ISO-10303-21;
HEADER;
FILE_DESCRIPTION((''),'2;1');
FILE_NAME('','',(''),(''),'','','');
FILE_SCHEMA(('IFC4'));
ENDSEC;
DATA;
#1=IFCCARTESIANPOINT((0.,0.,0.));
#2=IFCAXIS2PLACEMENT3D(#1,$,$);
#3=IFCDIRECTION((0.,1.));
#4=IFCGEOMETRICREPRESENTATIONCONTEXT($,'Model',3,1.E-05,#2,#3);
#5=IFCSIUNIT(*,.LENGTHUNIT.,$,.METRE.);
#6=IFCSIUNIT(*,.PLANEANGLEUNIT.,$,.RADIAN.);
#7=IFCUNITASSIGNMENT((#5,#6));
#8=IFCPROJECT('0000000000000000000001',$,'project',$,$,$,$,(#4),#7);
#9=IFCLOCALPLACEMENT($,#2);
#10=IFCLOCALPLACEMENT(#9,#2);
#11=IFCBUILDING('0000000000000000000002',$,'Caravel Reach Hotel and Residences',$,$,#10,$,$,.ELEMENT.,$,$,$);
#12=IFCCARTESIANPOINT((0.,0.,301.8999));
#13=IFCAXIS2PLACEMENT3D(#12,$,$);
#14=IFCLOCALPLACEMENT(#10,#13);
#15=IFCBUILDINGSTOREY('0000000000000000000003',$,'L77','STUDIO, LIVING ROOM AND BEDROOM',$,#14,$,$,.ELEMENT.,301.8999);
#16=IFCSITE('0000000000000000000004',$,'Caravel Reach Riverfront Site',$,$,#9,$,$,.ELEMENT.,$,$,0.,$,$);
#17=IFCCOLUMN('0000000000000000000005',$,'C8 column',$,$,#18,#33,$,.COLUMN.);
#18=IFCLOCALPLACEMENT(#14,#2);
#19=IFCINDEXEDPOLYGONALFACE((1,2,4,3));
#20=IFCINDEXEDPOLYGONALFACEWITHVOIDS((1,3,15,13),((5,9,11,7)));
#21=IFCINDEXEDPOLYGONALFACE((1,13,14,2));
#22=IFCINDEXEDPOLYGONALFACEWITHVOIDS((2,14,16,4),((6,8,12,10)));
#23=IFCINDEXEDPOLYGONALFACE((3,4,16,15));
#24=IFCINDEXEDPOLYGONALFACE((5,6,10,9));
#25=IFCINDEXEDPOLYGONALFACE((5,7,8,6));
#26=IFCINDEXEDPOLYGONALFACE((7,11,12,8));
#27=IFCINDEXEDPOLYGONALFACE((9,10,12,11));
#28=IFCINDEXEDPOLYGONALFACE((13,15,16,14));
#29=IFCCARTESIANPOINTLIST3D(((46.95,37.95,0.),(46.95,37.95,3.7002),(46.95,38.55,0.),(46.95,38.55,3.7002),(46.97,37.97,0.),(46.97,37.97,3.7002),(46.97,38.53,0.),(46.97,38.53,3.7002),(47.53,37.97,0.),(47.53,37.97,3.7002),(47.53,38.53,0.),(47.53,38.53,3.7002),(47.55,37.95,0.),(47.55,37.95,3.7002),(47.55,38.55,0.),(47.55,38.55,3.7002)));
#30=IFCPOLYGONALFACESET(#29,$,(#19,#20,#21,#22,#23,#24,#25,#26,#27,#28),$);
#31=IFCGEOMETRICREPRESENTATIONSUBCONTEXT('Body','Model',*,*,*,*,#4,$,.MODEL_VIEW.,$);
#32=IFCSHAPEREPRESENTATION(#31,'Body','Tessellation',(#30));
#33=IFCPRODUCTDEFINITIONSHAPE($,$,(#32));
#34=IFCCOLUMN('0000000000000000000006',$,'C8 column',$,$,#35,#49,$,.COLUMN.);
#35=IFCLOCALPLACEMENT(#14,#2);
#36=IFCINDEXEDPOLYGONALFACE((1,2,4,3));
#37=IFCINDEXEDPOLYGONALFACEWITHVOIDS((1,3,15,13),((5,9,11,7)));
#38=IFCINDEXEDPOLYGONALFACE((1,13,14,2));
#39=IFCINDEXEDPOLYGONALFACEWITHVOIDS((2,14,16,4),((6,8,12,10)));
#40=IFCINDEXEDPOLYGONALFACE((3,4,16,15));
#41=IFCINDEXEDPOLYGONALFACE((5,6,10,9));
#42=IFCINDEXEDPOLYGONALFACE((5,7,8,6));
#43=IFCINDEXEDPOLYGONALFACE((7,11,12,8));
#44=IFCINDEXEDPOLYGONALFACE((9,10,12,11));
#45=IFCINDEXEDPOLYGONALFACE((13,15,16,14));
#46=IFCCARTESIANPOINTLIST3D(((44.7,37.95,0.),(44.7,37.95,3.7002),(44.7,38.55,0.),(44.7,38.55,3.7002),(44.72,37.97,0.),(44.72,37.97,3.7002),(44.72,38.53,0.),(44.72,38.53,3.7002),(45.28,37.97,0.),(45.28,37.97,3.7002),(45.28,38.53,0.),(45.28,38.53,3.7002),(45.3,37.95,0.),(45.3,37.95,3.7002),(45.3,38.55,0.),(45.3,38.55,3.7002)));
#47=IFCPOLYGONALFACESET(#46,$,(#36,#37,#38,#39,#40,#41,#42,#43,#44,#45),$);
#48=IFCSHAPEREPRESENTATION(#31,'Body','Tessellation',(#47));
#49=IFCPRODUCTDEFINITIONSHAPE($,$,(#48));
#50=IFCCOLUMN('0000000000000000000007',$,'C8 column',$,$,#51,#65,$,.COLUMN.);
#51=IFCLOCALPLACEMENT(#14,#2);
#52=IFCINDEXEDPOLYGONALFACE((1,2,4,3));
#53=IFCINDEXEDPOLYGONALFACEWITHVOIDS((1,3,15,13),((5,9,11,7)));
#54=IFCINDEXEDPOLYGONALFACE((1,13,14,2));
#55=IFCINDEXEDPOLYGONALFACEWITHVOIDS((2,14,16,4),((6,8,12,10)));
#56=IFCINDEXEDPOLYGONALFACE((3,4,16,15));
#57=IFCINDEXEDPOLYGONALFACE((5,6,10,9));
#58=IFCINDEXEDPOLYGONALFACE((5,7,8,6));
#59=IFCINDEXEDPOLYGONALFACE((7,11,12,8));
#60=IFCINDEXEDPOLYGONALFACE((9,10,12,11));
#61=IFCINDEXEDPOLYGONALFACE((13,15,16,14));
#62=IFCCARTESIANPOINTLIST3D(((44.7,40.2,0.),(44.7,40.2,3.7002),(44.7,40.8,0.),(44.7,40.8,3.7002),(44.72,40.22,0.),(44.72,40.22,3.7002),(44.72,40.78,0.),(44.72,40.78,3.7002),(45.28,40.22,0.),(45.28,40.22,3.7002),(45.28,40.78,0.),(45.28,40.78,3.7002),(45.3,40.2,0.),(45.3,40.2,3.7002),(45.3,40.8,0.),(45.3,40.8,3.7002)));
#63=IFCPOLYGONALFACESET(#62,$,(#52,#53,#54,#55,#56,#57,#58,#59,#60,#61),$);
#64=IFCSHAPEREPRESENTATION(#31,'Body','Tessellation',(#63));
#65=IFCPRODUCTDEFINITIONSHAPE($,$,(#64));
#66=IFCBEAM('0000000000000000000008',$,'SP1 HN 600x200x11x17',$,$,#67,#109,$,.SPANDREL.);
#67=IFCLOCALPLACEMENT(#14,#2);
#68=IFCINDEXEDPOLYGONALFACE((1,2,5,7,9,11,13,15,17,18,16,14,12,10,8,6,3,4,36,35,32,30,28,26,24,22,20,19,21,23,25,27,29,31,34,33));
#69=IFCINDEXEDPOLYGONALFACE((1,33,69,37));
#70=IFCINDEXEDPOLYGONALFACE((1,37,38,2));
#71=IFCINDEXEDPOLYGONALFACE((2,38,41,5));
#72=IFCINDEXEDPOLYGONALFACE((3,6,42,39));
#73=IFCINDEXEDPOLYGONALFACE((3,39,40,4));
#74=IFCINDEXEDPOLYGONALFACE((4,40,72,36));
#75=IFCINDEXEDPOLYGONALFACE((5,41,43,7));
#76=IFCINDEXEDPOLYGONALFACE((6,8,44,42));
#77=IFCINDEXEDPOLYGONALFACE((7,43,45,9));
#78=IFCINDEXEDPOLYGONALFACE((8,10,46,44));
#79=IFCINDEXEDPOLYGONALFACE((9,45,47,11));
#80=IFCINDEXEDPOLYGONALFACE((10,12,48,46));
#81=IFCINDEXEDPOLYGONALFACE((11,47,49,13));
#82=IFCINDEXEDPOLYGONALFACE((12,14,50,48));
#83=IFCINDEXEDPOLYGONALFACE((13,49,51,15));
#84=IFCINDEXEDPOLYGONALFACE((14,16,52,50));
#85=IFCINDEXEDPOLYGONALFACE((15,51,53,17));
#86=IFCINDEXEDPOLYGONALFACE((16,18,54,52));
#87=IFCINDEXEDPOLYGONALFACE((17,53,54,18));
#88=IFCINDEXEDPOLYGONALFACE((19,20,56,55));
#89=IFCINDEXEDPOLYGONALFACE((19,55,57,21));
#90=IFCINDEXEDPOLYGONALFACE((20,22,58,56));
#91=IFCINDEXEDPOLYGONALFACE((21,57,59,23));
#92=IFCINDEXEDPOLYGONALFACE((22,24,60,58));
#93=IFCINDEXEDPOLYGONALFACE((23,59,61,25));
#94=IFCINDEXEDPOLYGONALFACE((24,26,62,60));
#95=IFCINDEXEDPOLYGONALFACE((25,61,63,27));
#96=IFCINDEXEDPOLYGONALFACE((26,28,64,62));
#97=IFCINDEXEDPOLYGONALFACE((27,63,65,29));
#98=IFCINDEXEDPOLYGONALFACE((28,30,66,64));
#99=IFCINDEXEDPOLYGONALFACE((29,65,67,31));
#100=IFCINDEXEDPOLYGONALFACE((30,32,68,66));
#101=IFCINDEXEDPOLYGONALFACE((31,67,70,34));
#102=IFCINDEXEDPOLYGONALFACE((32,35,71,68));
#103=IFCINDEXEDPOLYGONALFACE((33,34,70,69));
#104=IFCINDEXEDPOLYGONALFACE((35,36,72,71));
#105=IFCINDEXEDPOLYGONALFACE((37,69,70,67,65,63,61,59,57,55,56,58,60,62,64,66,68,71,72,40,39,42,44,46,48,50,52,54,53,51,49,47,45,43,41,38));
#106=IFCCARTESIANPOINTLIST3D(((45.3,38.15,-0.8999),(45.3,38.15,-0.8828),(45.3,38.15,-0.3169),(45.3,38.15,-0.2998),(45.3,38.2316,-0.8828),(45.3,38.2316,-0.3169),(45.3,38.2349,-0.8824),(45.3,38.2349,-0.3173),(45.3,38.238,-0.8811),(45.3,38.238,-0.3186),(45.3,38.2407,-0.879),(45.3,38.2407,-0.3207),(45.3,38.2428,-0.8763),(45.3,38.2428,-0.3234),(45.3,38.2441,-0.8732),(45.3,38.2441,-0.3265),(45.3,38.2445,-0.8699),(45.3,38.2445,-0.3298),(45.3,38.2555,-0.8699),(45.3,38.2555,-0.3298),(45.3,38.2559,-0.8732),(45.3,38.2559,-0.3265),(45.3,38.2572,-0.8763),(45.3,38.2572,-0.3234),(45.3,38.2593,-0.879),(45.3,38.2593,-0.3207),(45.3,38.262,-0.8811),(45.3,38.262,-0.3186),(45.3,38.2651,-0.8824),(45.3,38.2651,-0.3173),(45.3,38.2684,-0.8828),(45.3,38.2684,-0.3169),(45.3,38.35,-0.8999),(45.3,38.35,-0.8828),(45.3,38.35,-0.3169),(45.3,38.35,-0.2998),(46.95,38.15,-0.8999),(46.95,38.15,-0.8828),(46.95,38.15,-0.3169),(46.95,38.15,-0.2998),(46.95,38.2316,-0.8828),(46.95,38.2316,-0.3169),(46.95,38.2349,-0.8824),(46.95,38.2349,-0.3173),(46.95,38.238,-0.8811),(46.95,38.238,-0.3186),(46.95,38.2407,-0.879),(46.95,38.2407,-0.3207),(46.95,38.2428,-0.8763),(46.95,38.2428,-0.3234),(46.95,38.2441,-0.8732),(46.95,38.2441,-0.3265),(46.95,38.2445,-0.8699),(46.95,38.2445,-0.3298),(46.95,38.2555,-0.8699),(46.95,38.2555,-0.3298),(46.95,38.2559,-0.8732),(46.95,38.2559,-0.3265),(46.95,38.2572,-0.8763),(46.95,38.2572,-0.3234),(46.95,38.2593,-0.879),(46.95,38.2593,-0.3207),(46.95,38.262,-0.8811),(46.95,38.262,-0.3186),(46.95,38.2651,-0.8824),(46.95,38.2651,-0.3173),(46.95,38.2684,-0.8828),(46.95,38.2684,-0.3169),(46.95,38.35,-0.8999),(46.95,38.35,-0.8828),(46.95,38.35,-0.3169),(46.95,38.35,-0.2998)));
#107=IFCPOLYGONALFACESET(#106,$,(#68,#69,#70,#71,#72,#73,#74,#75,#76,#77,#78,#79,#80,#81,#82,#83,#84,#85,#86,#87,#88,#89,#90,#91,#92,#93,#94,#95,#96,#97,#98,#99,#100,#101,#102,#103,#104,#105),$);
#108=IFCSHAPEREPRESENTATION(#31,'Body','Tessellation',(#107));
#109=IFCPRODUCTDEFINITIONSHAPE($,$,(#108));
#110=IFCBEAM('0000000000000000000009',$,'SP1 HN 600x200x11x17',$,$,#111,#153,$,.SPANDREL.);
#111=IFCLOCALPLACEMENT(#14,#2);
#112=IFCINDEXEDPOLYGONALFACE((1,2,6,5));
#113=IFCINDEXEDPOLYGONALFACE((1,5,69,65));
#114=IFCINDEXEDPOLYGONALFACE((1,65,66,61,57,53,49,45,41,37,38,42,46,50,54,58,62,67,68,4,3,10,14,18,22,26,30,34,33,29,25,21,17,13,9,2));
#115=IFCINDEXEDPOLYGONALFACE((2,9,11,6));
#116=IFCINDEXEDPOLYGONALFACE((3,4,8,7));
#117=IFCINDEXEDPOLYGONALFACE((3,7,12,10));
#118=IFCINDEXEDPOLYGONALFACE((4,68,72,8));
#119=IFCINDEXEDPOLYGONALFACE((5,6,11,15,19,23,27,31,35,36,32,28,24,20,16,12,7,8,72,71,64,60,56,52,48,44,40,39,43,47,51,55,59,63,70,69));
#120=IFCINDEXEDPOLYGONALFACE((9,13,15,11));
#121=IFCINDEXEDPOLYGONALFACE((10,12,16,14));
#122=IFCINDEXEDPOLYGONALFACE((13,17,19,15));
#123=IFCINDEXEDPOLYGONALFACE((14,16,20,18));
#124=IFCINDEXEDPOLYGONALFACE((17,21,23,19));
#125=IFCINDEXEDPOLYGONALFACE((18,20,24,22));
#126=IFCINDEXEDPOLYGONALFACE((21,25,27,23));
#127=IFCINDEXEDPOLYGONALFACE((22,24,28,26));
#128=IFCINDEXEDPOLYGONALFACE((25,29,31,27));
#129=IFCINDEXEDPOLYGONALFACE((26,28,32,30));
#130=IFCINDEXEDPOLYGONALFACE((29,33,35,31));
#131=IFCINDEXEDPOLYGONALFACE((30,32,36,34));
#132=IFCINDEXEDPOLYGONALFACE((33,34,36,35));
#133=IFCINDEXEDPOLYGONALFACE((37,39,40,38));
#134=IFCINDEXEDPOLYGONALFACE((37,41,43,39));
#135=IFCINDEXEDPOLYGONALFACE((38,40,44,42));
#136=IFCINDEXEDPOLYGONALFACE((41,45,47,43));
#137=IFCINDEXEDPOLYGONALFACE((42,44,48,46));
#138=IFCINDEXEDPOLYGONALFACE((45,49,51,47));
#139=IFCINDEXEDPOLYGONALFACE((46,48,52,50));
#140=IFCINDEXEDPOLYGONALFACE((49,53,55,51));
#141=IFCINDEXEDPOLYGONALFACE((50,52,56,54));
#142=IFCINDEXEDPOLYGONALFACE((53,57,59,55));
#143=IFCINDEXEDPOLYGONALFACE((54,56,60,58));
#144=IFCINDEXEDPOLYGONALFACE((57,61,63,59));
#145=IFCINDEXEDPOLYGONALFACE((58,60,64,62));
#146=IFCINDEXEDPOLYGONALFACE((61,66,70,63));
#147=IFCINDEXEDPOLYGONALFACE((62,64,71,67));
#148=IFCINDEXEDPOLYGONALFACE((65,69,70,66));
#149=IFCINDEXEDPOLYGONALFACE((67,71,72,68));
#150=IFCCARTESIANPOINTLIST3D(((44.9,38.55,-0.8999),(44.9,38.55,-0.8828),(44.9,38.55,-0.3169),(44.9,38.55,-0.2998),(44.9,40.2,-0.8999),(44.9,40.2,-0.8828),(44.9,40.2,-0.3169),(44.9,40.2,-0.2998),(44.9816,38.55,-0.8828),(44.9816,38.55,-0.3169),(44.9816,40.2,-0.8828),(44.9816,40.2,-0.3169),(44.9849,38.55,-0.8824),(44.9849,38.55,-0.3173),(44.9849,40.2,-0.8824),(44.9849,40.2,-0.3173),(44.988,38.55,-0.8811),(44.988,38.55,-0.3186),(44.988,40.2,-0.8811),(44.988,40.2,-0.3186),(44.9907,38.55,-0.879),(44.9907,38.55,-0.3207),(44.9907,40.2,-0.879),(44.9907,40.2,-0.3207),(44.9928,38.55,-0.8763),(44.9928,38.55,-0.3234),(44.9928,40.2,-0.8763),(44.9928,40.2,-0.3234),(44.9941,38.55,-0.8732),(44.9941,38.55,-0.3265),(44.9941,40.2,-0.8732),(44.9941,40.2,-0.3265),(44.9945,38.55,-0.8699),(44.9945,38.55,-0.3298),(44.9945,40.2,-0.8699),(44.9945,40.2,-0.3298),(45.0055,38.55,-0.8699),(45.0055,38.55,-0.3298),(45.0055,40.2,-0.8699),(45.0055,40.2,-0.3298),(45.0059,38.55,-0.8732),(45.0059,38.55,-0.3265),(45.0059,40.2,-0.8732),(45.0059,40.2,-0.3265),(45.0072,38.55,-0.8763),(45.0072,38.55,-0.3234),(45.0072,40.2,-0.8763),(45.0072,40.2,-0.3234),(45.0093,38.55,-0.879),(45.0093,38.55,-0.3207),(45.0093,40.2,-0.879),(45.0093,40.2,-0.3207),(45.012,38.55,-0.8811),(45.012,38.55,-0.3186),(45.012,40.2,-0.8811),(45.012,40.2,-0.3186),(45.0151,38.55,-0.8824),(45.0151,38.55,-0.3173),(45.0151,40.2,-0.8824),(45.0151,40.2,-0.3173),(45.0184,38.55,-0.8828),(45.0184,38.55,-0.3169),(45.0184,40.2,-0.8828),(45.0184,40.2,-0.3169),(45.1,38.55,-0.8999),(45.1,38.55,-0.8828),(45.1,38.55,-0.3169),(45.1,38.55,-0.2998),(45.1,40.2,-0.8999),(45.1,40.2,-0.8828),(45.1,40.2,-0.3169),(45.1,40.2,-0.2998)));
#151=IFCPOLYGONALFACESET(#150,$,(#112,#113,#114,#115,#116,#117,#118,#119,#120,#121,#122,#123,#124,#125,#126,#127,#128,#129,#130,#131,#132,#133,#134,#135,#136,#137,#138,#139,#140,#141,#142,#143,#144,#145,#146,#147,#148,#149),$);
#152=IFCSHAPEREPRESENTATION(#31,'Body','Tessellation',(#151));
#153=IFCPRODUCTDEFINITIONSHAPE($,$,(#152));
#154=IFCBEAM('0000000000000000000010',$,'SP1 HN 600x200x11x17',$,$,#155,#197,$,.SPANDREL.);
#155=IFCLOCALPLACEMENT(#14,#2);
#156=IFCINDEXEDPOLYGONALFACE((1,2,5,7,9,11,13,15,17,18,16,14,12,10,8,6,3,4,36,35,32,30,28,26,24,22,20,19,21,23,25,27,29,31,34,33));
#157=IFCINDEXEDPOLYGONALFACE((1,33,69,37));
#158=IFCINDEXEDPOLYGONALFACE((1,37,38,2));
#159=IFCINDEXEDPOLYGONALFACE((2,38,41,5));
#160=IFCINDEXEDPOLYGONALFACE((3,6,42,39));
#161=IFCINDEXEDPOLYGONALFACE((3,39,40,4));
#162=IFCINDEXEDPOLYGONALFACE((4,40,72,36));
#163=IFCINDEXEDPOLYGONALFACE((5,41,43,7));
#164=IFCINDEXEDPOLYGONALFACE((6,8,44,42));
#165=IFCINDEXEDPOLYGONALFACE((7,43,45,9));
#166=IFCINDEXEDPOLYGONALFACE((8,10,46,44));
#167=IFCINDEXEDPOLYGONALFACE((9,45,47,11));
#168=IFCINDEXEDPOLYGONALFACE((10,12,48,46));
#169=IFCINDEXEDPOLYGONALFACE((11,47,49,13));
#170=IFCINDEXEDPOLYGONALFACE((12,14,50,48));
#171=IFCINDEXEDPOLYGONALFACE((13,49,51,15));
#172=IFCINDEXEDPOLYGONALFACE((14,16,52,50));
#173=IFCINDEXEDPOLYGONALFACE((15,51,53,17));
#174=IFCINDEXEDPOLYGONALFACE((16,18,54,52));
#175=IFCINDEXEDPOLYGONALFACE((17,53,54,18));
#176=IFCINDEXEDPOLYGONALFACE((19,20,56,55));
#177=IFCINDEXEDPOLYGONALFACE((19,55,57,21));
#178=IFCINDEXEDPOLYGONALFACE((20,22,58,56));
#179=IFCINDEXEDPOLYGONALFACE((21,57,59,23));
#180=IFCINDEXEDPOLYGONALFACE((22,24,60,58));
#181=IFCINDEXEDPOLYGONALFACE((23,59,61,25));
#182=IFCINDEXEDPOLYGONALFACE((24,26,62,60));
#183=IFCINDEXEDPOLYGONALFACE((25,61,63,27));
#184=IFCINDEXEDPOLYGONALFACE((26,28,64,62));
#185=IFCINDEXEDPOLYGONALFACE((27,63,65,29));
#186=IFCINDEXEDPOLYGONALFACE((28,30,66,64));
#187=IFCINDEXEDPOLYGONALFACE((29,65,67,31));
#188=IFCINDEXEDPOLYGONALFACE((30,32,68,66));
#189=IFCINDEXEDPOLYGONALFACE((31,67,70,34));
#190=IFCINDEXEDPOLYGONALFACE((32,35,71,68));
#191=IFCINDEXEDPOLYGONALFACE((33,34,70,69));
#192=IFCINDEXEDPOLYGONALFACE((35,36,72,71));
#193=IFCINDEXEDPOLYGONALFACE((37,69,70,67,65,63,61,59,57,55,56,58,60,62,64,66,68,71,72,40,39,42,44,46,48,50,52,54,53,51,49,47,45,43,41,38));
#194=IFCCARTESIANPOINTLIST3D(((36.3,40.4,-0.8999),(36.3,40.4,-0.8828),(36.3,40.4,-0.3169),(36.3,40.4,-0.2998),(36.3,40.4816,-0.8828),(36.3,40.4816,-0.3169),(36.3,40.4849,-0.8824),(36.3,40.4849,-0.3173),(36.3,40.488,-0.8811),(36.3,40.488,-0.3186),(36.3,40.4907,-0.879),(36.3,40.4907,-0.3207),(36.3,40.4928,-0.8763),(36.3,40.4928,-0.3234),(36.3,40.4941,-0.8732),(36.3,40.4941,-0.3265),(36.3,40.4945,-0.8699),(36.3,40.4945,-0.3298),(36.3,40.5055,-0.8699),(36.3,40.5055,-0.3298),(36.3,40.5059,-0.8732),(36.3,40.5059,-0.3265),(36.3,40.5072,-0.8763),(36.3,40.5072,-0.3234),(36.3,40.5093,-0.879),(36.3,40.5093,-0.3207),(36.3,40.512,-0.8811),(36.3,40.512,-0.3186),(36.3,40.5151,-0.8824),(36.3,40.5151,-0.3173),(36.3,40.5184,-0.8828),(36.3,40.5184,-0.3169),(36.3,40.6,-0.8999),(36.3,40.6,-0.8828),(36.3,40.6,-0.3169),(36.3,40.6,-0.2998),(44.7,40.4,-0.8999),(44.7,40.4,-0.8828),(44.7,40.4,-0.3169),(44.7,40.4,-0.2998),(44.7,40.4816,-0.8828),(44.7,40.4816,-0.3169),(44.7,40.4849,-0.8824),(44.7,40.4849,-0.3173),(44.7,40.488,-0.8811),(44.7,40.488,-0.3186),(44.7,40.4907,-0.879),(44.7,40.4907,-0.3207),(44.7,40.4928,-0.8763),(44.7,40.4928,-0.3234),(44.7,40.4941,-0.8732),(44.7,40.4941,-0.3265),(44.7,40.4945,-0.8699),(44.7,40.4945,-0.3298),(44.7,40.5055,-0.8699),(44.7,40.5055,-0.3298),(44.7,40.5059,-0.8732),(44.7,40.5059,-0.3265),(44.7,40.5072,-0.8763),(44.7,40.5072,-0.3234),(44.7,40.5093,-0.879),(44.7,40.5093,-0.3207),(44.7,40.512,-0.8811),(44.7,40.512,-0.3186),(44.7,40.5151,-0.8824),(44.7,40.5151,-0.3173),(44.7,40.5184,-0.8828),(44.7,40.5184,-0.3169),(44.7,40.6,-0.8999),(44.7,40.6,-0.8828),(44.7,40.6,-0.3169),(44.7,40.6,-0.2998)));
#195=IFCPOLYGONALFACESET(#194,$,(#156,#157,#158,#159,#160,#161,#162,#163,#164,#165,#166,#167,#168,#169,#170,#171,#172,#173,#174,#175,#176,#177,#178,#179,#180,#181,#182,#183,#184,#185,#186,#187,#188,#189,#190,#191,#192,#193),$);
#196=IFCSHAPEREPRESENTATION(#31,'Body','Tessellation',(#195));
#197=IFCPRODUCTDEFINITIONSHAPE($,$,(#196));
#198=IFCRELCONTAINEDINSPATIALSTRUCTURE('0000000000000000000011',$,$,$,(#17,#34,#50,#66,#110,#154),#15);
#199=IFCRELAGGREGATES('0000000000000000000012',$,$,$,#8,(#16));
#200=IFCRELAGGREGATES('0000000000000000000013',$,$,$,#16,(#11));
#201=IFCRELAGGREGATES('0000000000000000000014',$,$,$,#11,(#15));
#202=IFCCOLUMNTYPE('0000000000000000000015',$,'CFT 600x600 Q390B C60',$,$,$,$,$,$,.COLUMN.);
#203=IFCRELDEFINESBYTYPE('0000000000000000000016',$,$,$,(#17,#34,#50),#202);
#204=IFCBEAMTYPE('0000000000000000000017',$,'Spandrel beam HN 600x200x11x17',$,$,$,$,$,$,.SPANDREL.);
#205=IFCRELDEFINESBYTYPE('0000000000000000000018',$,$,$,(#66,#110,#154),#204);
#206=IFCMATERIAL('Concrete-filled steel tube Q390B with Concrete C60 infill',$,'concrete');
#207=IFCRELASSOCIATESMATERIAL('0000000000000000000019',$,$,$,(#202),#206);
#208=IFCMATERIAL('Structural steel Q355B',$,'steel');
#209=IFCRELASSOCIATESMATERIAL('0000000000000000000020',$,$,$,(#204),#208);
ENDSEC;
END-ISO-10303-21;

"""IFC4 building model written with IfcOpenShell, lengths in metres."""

from ifc_helpers import new_model, si_unit, direction, frame, origin, origin_2d, place, context, subcontext, project, spatial, hollow_rectangle, i_section, extrude, material, material_profile, profile_set, type_object, element, save


model = new_model("IFC4")

# Units and contexts
model_context = context("Model", 3, precision=1e-05, world=origin(), true_north=direction((0.0, 1.0)))
body_context = subcontext(model_context, "Body", "Model", "MODEL_VIEW")
ifc_project = project(units=[si_unit("LENGTHUNIT", "METRE"), si_unit("PLANEANGLEUNIT", "RADIAN")], contexts=[model_context])

# Site, building, storey
site_placement = place(None, origin())
site = spatial("IfcSite", under=ifc_project, at=site_placement, Name="Caravel Reach Riverfront Site", CompositionType="ELEMENT", RefElevation=0.0)
building_placement = place(site_placement, origin())
building = spatial("IfcBuilding", under=site, at=building_placement, Name="Caravel Reach Hotel and Residences", CompositionType="ELEMENT")
storey_placement = place(building_placement, frame((0.0, 0.0, 301.8999)))
storey = spatial("IfcBuildingStorey", under=building, at=storey_placement, Name="L77", Description="STUDIO, LIVING ROOM AND BEDROOM", CompositionType="ELEMENT", Elevation=301.8999)

# Columns
ifc_material_1 = material(Name="Concrete-filled steel tube Q390B with Concrete C60 infill", Category="concrete")
ifc_material_profile_1 = material_profile(ifc_material_1, hollow_rectangle(XDim=0.6001, YDim=0.6001, WallThickness=0.02, at=origin_2d()), Name="RHS 600x600x20")
ifc_profile_set_1 = profile_set([ifc_material_profile_1], Name="Concrete-filled steel tube Q390B with Concrete C60 infill")
column_type = type_object("IfcColumnType", Name="CFT 600x600 Q390B C60", PredefinedType="COLUMN", material=ifc_profile_set_1)
for number, where, z_axis, x_axis, name in (
    (1, (47.25, 38.25, 0.0), (0.0, 0.0, 1.0), (1.0, 0.0, 0.0), "C8 column"),
    (2, (45.0, 38.25, 0.0), (0.0, 0.0, 1.0), (1.0, 0.0, 0.0), "C8 column"),
    (3, (45.0, 40.5, 0.0), (0.0, 0.0, 1.0), (1.0, 0.0, 0.0), "C8 column"),
):
    element("IfcColumn", number, at=place(storey_placement, frame(where, z_axis=z_axis, x_axis=x_axis)), inside=storey, type_object=column_type, Name=name, PredefinedType="COLUMN", context=body_context, shape_type="SweptSolid", body=[
        extrude(hollow_rectangle(XDim=0.6001, YDim=0.6001, WallThickness=0.02, at=origin_2d()), origin(), (0.0, 0.0, 1.0), 3.7002),
    ])

# Beams
ifc_material_2 = material(Name="Structural steel Q355B", Category="steel")
ifc_material_profile_2 = material_profile(ifc_material_2, i_section(OverallWidth=0.2, OverallDepth=0.6001, WebThickness=0.011, FlangeThickness=0.0171, FilletRadius=0.0129, at=origin_2d()), Name="HN 600x200x11x17")
ifc_profile_set_2 = profile_set([ifc_material_profile_2], Name="Structural steel Q355B")
beam_type = type_object("IfcBeamType", Name="Spandrel beam HN 600x200x11x17", PredefinedType="SPANDREL", material=ifc_profile_set_2)
for number, where, z_axis, x_axis, name in (
    (4, (46.95, 38.25, -0.5999), (-1.0, 0.0, 0.0), (0.0, -1.0, 0.0), "SP1 HN 600x200x11x17"),
    (5, (45.0, 38.55, -0.5999), (0.0, 1.0, 0.0), (-1.0, 0.0, 0.0), "SP1 HN 600x200x11x17"),
):
    element("IfcBeam", number, at=place(storey_placement, frame(where, z_axis=z_axis, x_axis=x_axis)), inside=storey, type_object=beam_type, Name=name, PredefinedType="SPANDREL", context=body_context, shape_type="SweptSolid", body=[
        extrude(i_section(OverallWidth=0.2, OverallDepth=0.6001, WebThickness=0.011, FlangeThickness=0.0171, FilletRadius=0.0129, at=origin_2d()), origin(), (0.0, 0.0, 1.0), 1.6499),
    ])
beam_placement = place(storey_placement, frame((44.7, 40.5, -0.5999), z_axis=(-1.0, 0.0, 0.0), x_axis=(0.0, -1.0, 0.0)))
element("IfcBeam", 6, at=beam_placement, inside=storey, type_object=beam_type, Name="SP1 HN 600x200x11x17", PredefinedType="SPANDREL", context=body_context, shape_type="SweptSolid", body=[
    extrude(i_section(OverallWidth=0.2, OverallDepth=0.6001, WebThickness=0.011, FlangeThickness=0.0171, FilletRadius=0.0129, at=origin_2d()), origin(), (0.0, 0.0, 1.0), 8.3999),
])

save(model, "model.ifc")
